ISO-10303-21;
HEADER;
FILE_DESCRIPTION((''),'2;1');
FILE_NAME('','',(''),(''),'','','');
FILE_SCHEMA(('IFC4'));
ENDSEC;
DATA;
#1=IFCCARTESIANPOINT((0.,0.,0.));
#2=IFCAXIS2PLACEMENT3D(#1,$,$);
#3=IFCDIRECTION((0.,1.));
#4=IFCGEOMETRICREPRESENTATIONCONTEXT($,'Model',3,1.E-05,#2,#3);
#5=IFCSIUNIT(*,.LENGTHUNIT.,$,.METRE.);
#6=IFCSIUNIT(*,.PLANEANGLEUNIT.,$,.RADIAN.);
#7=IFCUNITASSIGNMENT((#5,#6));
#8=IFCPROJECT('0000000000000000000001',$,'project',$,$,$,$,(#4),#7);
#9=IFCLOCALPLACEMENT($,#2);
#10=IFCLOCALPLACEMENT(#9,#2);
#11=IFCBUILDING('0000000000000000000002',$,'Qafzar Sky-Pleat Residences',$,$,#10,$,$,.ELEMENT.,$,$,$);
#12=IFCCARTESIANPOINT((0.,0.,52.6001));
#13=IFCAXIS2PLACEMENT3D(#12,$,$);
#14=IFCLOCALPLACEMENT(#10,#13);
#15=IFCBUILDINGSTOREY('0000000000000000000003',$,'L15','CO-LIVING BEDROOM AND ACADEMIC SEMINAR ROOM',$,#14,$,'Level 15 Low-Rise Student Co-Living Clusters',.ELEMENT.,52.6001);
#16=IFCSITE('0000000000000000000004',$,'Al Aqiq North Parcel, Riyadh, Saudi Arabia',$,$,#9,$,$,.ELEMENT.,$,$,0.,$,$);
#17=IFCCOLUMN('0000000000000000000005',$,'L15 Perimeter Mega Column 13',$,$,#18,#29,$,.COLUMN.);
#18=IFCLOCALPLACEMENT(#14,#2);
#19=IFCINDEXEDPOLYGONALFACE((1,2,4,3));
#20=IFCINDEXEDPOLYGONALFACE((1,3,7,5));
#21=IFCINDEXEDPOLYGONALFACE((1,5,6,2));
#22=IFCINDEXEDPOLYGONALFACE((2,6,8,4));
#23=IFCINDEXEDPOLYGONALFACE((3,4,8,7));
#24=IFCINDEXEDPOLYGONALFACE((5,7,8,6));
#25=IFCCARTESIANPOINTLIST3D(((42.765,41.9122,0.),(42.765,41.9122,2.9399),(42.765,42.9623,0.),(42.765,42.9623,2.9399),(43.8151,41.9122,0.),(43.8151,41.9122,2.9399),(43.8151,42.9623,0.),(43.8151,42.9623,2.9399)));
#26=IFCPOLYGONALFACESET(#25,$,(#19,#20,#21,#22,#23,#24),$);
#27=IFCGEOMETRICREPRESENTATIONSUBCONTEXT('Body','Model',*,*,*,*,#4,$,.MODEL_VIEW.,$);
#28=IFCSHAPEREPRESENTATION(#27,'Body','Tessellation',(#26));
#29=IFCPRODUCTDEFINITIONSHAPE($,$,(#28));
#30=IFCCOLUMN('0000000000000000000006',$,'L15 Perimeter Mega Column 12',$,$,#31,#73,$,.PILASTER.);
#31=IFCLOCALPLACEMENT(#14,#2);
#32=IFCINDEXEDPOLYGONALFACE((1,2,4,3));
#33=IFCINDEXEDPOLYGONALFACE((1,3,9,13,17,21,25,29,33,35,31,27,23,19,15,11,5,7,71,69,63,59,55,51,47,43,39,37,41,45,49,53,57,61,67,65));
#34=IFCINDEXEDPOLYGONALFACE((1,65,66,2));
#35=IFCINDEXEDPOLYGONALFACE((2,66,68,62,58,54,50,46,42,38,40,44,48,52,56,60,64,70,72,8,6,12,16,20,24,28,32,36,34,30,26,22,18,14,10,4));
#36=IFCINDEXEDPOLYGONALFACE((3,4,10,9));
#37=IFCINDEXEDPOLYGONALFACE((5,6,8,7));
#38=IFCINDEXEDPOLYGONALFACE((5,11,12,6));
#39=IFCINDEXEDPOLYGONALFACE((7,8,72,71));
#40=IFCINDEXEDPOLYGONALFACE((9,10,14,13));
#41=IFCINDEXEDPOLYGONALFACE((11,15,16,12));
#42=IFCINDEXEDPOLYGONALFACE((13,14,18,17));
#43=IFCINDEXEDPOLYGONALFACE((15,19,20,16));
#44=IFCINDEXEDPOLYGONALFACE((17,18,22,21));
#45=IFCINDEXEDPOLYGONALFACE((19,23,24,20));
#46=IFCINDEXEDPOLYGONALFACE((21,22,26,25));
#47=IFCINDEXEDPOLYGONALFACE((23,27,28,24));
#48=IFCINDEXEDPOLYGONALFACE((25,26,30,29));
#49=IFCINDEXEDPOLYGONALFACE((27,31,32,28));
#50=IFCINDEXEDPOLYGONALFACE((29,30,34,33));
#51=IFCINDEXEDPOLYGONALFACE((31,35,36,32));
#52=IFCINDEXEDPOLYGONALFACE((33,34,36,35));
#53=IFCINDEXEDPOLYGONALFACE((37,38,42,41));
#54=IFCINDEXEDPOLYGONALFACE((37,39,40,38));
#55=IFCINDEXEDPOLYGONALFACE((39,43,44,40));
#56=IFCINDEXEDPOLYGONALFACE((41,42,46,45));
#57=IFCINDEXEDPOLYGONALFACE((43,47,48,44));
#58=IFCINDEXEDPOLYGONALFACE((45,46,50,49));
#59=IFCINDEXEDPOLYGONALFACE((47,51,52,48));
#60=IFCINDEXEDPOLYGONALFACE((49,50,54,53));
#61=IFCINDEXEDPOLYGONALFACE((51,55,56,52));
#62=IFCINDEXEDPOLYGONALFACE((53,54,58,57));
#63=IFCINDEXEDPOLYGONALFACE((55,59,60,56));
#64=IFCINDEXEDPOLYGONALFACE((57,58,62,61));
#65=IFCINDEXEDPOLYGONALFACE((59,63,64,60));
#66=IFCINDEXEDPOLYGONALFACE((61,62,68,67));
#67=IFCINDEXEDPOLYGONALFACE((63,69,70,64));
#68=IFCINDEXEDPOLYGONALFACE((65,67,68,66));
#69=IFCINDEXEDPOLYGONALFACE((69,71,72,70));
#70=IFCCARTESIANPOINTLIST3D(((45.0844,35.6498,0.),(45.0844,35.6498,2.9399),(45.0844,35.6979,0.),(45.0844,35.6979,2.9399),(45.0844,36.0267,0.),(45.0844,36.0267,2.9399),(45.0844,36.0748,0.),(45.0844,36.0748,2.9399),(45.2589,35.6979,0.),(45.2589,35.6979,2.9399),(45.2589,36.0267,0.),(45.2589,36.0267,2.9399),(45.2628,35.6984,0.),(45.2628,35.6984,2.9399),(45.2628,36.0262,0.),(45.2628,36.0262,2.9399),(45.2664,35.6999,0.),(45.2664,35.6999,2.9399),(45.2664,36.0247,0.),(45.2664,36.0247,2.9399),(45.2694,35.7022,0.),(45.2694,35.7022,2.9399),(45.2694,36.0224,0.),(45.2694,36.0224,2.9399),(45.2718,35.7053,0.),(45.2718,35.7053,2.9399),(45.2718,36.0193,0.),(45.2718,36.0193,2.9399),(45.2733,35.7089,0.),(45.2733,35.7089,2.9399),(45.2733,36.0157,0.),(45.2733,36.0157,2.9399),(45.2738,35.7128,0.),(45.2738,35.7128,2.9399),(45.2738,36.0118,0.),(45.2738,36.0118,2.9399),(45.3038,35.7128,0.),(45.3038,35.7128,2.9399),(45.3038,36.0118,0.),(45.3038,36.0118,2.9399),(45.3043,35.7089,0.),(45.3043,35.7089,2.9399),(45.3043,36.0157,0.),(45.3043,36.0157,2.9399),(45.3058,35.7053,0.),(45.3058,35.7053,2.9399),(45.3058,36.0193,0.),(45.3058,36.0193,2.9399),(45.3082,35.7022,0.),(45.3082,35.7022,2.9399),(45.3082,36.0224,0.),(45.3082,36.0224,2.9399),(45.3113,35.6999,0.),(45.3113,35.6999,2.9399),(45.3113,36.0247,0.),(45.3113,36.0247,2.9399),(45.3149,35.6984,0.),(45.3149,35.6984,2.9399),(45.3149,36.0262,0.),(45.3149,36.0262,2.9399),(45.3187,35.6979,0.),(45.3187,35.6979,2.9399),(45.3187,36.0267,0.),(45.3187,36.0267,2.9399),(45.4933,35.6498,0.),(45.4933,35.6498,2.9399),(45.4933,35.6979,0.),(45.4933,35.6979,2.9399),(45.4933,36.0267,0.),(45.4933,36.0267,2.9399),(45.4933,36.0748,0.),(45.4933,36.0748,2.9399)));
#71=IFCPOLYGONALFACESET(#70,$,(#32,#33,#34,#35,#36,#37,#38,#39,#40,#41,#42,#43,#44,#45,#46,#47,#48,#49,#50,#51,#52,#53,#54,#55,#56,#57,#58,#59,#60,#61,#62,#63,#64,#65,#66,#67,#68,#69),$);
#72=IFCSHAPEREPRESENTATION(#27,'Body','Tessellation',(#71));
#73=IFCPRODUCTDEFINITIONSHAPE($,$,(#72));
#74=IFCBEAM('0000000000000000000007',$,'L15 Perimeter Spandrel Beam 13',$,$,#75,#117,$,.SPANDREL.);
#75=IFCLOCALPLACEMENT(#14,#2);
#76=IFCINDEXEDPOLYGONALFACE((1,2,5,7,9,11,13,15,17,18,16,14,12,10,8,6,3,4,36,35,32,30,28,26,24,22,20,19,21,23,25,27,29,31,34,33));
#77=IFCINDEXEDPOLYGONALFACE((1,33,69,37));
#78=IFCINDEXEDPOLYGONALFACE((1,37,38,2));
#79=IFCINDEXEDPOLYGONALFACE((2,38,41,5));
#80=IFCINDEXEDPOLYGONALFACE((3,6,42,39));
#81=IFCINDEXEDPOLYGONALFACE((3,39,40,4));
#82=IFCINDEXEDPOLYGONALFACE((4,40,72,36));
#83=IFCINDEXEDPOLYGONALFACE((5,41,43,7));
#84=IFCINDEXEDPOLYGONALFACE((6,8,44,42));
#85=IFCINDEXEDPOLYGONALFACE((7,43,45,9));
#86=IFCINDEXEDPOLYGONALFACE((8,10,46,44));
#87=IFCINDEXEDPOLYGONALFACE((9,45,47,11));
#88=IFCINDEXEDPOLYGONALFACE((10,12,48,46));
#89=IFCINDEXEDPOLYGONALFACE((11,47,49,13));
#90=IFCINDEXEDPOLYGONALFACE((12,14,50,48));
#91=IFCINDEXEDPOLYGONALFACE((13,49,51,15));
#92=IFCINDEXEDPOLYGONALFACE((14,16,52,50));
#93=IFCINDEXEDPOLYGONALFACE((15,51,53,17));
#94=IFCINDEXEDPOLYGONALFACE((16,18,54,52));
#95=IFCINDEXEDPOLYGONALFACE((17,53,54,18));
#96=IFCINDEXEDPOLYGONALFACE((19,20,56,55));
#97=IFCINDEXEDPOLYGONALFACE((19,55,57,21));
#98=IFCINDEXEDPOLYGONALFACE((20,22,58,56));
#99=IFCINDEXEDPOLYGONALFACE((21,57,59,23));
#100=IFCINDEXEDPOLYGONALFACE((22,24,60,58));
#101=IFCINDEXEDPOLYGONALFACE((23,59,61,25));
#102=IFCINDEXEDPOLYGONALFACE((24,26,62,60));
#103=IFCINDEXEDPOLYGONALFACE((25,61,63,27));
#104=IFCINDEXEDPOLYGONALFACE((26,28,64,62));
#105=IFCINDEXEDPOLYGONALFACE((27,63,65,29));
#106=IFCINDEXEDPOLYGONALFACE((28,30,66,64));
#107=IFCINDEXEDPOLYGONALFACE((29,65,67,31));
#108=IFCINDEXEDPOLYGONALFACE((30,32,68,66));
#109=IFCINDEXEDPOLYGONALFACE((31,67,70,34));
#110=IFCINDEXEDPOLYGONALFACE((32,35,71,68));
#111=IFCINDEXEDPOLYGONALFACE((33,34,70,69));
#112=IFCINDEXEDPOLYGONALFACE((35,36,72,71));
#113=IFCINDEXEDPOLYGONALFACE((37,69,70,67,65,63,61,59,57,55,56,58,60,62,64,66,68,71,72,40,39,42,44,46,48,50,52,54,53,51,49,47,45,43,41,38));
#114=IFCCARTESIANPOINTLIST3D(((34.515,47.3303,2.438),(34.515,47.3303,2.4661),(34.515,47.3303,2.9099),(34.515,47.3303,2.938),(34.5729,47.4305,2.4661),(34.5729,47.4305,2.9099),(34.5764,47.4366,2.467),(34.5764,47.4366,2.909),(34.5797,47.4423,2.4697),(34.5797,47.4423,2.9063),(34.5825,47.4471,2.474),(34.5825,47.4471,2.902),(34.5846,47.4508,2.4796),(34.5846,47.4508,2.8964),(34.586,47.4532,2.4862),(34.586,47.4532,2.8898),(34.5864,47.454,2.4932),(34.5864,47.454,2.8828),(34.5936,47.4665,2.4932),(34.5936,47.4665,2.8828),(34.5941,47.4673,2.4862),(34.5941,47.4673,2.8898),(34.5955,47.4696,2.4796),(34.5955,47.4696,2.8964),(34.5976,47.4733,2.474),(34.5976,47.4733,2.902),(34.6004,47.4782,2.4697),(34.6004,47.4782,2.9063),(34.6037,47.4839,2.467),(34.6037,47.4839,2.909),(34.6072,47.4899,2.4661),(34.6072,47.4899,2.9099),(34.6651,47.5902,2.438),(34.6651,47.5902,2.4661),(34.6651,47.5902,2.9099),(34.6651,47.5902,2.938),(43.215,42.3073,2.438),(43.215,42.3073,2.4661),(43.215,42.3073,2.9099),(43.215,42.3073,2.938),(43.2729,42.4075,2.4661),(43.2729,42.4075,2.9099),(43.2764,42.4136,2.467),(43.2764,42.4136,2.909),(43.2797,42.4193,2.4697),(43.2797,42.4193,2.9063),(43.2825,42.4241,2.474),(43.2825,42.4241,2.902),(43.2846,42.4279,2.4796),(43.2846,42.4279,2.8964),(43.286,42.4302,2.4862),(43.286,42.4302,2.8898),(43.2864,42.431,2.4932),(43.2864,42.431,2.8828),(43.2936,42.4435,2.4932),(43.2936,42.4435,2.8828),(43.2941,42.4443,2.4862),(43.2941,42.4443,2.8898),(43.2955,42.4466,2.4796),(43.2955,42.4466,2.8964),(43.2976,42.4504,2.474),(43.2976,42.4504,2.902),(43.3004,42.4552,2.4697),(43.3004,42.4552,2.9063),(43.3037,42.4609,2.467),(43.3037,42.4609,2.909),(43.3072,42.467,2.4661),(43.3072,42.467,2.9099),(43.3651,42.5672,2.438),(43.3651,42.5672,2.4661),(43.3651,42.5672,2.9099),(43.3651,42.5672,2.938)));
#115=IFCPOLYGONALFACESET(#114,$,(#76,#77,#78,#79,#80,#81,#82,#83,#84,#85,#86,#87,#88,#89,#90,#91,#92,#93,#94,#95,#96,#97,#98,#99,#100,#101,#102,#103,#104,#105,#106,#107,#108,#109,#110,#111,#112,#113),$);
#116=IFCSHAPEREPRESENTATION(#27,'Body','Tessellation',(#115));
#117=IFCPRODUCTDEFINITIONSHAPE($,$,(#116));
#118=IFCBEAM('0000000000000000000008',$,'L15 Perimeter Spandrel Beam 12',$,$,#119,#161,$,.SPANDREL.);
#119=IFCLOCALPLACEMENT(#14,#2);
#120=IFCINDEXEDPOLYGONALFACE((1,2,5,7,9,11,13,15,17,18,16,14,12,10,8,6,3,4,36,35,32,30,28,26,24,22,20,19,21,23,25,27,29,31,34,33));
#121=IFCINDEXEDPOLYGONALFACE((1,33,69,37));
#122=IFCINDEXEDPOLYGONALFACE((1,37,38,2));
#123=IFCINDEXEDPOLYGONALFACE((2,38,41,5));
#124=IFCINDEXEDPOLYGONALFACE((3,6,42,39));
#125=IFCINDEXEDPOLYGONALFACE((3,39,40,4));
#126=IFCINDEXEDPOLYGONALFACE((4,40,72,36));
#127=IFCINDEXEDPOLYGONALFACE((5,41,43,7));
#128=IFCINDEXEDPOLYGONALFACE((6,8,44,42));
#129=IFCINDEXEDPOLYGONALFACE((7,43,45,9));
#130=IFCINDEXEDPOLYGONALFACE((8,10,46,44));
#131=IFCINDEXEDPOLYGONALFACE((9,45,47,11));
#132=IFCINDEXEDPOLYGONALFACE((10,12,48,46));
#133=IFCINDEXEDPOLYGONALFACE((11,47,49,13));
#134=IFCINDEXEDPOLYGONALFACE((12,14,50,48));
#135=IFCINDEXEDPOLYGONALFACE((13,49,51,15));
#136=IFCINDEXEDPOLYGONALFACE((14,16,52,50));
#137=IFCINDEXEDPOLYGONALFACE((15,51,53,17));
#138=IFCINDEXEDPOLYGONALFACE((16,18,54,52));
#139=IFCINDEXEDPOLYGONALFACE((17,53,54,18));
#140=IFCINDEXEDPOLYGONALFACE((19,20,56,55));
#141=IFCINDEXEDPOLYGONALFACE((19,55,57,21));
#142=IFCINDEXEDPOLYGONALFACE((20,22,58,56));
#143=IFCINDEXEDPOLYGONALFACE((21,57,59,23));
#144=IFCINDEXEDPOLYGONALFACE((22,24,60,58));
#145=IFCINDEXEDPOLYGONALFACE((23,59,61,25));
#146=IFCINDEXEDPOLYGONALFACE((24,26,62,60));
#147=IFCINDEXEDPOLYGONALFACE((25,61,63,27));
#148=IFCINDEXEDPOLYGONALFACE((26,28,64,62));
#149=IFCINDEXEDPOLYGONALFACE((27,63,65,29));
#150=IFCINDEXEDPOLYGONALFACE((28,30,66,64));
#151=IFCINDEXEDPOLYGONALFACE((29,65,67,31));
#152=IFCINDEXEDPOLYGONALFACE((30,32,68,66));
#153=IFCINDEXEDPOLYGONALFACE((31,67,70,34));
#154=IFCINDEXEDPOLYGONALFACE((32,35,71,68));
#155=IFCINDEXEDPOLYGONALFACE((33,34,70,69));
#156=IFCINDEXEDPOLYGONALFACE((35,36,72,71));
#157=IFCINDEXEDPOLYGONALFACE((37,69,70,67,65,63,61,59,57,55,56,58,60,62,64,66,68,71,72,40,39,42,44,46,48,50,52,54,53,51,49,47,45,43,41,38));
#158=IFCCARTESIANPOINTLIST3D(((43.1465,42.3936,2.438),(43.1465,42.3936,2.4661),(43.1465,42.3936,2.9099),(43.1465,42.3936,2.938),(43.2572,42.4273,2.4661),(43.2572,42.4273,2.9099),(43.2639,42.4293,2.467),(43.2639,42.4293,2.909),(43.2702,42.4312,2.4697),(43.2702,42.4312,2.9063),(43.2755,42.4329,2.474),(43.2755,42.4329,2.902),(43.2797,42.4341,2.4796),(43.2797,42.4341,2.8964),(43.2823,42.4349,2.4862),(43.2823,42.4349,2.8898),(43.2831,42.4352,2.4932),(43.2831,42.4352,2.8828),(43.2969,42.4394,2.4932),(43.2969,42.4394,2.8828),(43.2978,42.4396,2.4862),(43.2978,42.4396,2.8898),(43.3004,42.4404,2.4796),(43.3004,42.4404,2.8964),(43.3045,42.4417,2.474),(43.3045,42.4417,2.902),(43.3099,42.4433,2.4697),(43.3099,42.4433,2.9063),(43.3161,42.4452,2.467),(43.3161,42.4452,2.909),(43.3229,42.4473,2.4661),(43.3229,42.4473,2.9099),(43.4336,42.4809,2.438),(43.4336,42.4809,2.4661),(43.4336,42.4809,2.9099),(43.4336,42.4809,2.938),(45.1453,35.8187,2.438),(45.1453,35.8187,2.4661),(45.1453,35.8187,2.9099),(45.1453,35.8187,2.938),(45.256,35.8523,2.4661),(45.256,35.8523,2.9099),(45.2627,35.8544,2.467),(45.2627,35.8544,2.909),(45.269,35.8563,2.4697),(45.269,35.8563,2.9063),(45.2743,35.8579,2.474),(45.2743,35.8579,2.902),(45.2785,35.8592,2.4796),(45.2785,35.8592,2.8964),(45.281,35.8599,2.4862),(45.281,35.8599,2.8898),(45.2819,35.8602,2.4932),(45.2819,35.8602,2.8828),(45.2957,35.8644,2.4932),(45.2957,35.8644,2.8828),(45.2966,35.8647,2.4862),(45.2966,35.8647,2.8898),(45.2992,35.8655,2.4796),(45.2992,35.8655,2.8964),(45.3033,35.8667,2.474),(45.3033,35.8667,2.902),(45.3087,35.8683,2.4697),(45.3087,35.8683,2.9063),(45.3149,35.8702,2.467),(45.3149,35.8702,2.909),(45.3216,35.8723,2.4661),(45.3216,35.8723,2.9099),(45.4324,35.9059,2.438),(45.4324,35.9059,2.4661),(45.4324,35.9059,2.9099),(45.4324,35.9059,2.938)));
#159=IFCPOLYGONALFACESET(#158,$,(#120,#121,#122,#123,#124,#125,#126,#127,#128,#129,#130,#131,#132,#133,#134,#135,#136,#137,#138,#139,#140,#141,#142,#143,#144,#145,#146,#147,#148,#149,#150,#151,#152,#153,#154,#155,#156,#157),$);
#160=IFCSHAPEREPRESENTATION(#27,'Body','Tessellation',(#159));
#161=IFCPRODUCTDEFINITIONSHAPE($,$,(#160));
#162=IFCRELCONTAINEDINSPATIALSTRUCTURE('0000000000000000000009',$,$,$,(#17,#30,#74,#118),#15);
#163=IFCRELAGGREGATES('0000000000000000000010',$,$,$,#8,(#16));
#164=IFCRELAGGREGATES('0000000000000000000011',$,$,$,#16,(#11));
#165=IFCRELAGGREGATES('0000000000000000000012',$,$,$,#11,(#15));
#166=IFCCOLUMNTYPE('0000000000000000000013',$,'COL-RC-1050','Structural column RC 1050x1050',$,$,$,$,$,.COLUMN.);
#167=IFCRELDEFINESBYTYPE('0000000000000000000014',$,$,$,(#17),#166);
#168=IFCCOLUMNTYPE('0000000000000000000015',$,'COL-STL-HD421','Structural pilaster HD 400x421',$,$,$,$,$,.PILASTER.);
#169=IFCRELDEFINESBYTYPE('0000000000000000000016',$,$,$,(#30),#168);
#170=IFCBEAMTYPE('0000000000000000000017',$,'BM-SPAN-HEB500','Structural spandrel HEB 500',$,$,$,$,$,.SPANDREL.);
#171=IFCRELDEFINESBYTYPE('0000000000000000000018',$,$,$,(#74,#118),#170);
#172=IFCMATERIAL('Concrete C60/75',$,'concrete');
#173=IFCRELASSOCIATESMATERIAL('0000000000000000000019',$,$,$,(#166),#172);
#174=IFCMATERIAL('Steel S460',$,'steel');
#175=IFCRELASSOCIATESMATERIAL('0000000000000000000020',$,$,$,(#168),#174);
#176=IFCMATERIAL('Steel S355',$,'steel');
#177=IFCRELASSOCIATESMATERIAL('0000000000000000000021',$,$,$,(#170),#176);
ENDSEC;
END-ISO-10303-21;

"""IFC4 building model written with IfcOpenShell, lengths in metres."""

from ifc_helpers import new_model, si_unit, direction, frame, origin, origin_2d, place, context, subcontext, project, spatial, rectangle, i_section, extrude, source, transform, mapped, material, material_profile, profile_set, type_object, element, save


model = new_model("IFC4")

# Units and contexts
model_context = context("Model", 3, precision=1e-05, world=origin(), true_north=direction((0.0, 1.0)))
body_context = subcontext(model_context, "Body", "Model", "MODEL_VIEW")
ifc_project = project(units=[si_unit("LENGTHUNIT", "METRE"), si_unit("PLANEANGLEUNIT", "RADIAN")], contexts=[model_context])

# Site, building, storey
site_placement = place(None, origin())
site = spatial("IfcSite", under=ifc_project, at=site_placement, Name="Al Aqiq North Parcel, Riyadh, Saudi Arabia", CompositionType="ELEMENT", RefElevation=0.0)
building_placement = place(site_placement, origin())
building = spatial("IfcBuilding", under=site, at=building_placement, Name="Qafzar Sky-Pleat Residences", CompositionType="ELEMENT")
storey_placement = place(building_placement, frame((0.0, 0.0, 52.6001)))
storey = spatial("IfcBuildingStorey", under=building, at=storey_placement, Name="L15", Description="CO-LIVING BEDROOM AND ACADEMIC SEMINAR ROOM", LongName="Level 15 Low-Rise Student Co-Living Clusters", CompositionType="ELEMENT", Elevation=52.6001)

# Columns
ifc_material_1 = material(Name="Concrete C60/75", Category="concrete")
ifc_material_profile_1 = material_profile(ifc_material_1, rectangle(XDim=1.05, YDim=1.05, at=origin_2d()), Name="RC 1050x1050")
ifc_profile_set_1 = profile_set([ifc_material_profile_1], Name="Concrete C60/75")
column_type_1 = type_object("IfcColumnType", Name="COL-RC-1050", Description="Structural column RC 1050x1050", PredefinedType="COLUMN", material=ifc_profile_set_1)
shared_shape_1 = source(origin(), body_context, "Body", "SweptSolid", [
    extrude(rectangle(XDim=1.05, YDim=1.05, at=origin_2d()), origin(), (0.0, 0.0, 1.0), 2.9399),
])
column_1_placement = place(storey_placement, frame((43.29, 42.4373, 0.0), z_axis=(0.0, 0.0, 1.0), x_axis=(1.0, 0.0, 0.0)))
element("IfcColumn", 1, at=column_1_placement, inside=storey, type_object=column_type_1, Name="L15 Perimeter Mega Column 13", PredefinedType="COLUMN", context=body_context, shape_type="MappedRepresentation", body=[
    mapped(shared_shape_1, transform((0.0, 0.0, 0.0), x_axis=(1.0, 0.0, 0.0), y_axis=(0.0, 1.0, 0.0), z_axis=(0.0, 0.0, 1.0), scale=1.0)),
])
ifc_material_2 = material(Name="Steel S460", Category="steel")
ifc_material_profile_2 = material_profile(ifc_material_2, i_section(OverallWidth=0.4089, OverallDepth=0.425, WebThickness=0.03, FlangeThickness=0.0481, FilletRadius=0.0149, at=origin_2d()), Name="HD 400x421")
ifc_profile_set_2 = profile_set([ifc_material_profile_2], Name="Steel S460")
column_type_2 = type_object("IfcColumnType", Name="COL-STL-HD421", Description="Structural pilaster HD 400x421", PredefinedType="PILASTER", material=ifc_profile_set_2)
shared_shape_2 = source(origin(), body_context, "Body", "SweptSolid", [
    extrude(i_section(OverallWidth=0.4089, OverallDepth=0.425, WebThickness=0.03, FlangeThickness=0.0481, FilletRadius=0.0149, at=origin_2d()), origin(), (0.0, 0.0, 1.0), 2.9399),
])
column_2_placement = place(storey_placement, frame((45.2888, 35.8623, 0.0), z_axis=(0.0, 0.0, 1.0), x_axis=(1.0, 0.0, 0.0)))
element("IfcColumn", 2, at=column_2_placement, inside=storey, type_object=column_type_2, Name="L15 Perimeter Mega Column 12", PredefinedType="PILASTER", context=body_context, shape_type="MappedRepresentation", body=[
    mapped(shared_shape_2, transform((0.0, 0.0, 0.0), x_axis=(1.0, 0.0, 0.0), y_axis=(0.0, 1.0, 0.0), z_axis=(0.0, 0.0, 1.0), scale=1.0)),
])

# Beams
ifc_material_3 = material(Name="Steel S355", Category="steel")
ifc_material_profile_3 = material_profile(ifc_material_3, i_section(OverallWidth=0.3, OverallDepth=0.5, WebThickness=0.0144, FlangeThickness=0.0281, FilletRadius=0.0271, at=origin_2d()), Name="HEB 500")
ifc_profile_set_3 = profile_set([ifc_material_profile_3], Name="Steel S355")
beam_type_1 = type_object("IfcBeamType", Name="BM-SPAN-HEB500", Description="Structural spandrel HEB 500", PredefinedType="SPANDREL", material=ifc_profile_set_3)
shared_shape_3 = source(origin(), body_context, "Body", "SweptSolid", [
    extrude(i_section(OverallWidth=0.3, OverallDepth=0.5, WebThickness=0.0144, FlangeThickness=0.0281, FilletRadius=0.0271, at=origin_2d()), origin(), (0.0, 0.0, 1.0), 10.0459),
])
beam_1_placement = place(storey_placement, frame((43.29, 42.4373, 2.688), z_axis=(-0.866024, 0.500002, 0.0), x_axis=(-0.500002, -0.866024, 0.0)))
element("IfcBeam", 3, at=beam_1_placement, inside=storey, type_object=beam_type_1, Name="L15 Perimeter Spandrel Beam 13", PredefinedType="SPANDREL", context=body_context, shape_type="MappedRepresentation", body=[
    mapped(shared_shape_3, transform((0.0, 0.0, 0.0), x_axis=(1.0, 0.0, 0.0), y_axis=(0.0, 1.0, 0.0), z_axis=(0.0, 0.0, 1.0), scale=1.0)),
])
shared_shape_4 = source(origin(), body_context, "Body", "SweptSolid", [
    extrude(i_section(OverallWidth=0.3, OverallDepth=0.5, WebThickness=0.0144, FlangeThickness=0.0281, FilletRadius=0.0271, at=origin_2d()), origin(), (0.0, 0.0, 1.0), 6.8721),
])
beam_2_placement = place(storey_placement, frame((45.2888, 35.8623, 2.688), z_axis=(-0.290856, 0.956767, 0.0), x_axis=(-0.956767, -0.290856, 0.0)))
element("IfcBeam", 4, at=beam_2_placement, inside=storey, type_object=beam_type_1, Name="L15 Perimeter Spandrel Beam 12", PredefinedType="SPANDREL", context=body_context, shape_type="MappedRepresentation", body=[
    mapped(shared_shape_4, transform((0.0, 0.0, 0.0), x_axis=(1.0, 0.0, 0.0), y_axis=(0.0, 1.0, 0.0), z_axis=(0.0, 0.0, 1.0), scale=1.0)),
])

save(model, "model.ifc")
